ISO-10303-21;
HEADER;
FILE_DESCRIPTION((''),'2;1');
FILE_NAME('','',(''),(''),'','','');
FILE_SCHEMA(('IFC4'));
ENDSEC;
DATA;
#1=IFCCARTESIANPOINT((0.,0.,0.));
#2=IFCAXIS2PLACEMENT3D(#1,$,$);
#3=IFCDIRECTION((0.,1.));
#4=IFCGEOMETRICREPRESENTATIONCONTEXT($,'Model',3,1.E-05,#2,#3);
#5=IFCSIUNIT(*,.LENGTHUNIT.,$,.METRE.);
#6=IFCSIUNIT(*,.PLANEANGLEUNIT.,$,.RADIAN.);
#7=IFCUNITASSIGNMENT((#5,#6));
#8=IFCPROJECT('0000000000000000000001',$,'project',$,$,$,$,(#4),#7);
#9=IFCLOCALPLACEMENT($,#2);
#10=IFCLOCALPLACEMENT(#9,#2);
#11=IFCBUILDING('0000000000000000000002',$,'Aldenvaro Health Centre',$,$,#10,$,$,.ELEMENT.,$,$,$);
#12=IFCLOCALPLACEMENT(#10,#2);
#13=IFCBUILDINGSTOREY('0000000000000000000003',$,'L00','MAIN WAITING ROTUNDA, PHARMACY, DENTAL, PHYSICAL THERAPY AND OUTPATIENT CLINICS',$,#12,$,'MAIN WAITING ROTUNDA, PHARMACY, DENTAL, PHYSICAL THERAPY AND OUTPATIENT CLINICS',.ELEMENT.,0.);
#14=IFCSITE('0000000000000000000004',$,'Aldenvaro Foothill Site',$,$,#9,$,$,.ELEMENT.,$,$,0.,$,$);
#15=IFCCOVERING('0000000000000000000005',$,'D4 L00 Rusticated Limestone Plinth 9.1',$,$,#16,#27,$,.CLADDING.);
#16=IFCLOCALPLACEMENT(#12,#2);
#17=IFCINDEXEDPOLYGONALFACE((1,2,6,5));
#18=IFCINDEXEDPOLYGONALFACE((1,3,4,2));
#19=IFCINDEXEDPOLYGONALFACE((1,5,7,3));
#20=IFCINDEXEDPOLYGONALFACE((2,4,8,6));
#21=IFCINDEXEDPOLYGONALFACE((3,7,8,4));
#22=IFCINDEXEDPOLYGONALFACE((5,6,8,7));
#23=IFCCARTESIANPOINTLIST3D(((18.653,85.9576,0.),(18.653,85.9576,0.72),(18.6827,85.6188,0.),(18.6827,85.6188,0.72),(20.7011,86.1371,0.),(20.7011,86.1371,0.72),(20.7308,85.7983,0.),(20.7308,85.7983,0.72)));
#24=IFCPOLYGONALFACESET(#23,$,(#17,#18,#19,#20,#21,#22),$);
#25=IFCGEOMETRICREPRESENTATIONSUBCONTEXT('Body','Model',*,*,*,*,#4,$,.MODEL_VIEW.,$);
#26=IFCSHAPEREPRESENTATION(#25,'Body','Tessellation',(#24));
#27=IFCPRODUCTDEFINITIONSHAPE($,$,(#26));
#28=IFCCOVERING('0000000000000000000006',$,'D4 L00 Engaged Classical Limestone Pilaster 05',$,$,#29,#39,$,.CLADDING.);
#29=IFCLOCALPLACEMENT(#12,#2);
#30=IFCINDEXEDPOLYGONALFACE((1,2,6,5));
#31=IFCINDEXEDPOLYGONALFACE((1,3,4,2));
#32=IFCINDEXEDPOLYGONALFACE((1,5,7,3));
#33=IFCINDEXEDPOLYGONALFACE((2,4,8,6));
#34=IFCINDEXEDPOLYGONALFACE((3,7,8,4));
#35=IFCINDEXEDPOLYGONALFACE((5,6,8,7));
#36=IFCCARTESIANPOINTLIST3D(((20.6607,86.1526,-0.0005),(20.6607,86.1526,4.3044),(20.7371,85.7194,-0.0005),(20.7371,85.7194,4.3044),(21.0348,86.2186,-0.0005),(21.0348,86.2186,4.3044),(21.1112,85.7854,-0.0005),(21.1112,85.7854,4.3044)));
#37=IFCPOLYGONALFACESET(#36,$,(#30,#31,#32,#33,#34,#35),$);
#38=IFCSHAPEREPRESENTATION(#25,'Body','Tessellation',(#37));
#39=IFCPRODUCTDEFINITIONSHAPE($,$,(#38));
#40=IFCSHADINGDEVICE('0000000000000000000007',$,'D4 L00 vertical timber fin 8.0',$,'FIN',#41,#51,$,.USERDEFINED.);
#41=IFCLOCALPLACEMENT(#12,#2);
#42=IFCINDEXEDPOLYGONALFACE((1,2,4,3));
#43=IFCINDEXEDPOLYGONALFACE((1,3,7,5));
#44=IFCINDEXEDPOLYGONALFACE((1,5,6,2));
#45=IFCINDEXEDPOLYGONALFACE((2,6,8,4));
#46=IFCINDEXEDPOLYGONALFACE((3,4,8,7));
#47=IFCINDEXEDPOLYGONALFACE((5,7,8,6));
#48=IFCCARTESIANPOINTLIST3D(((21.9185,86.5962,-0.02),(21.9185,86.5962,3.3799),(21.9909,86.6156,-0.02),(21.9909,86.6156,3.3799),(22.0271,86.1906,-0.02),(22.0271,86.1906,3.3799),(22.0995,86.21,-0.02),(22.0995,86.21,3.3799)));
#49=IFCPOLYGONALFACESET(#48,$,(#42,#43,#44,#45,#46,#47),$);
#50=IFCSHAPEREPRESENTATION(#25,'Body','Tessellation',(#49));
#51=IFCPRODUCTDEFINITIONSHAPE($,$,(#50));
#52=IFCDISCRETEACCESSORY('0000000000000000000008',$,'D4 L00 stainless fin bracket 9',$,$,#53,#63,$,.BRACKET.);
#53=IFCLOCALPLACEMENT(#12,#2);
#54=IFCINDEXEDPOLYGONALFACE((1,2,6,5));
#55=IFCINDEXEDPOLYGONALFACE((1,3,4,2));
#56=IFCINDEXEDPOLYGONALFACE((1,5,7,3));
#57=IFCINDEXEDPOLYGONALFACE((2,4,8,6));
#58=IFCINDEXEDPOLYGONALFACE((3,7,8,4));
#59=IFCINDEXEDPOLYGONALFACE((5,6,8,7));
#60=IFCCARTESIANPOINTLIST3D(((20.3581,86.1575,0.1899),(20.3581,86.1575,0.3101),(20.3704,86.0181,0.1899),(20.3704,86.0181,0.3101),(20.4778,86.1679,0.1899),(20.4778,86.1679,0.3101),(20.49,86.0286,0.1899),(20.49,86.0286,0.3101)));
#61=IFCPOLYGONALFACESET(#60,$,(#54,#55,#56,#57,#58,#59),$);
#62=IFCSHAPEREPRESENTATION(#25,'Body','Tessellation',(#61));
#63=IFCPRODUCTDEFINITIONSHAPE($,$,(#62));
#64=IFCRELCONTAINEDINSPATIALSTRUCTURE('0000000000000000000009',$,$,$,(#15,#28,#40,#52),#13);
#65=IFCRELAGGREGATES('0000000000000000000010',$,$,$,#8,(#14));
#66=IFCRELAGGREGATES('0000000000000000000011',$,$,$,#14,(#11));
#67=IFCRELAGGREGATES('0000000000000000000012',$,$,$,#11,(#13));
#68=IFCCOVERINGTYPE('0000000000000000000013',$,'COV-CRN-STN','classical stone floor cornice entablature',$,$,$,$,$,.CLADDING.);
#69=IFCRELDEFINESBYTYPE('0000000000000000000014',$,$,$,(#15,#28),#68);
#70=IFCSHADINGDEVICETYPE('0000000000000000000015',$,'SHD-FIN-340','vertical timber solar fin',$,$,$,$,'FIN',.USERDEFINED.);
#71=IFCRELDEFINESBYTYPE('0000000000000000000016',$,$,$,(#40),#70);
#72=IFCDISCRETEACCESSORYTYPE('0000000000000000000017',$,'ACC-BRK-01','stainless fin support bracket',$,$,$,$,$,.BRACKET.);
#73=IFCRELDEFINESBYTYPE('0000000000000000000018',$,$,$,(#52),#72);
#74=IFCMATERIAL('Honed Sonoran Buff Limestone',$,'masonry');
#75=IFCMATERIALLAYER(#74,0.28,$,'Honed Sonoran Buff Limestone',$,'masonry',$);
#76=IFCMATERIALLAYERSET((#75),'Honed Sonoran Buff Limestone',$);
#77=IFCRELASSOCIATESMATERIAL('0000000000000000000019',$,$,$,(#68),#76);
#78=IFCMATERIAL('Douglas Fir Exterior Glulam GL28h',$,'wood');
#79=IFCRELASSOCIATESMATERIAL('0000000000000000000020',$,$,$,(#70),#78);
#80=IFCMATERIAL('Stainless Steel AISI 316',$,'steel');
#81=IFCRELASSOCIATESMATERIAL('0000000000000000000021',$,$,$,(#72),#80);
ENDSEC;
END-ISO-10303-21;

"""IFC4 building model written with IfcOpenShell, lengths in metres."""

from ifc_helpers import new_model, si_unit, direction, frame, origin, origin_2d, place, context, subcontext, project, spatial, rectangle, extrude, material, layer, layer_set, type_object, element, save


model = new_model("IFC4")

# Units and contexts
model_context = context("Model", 3, precision=1e-05, world=origin(), true_north=direction((0.0, 1.0)))
body_context = subcontext(model_context, "Body", "Model", "MODEL_VIEW")
ifc_project = project(units=[si_unit("LENGTHUNIT", "METRE"), si_unit("PLANEANGLEUNIT", "RADIAN")], contexts=[model_context])

# Site, building, storey
site_placement = place(None, origin())
site = spatial("IfcSite", under=ifc_project, at=site_placement, Name="Aldenvaro Foothill Site", CompositionType="ELEMENT", RefElevation=0.0)
building_placement = place(site_placement, origin())
building = spatial("IfcBuilding", under=site, at=building_placement, Name="Aldenvaro Health Centre", CompositionType="ELEMENT")
storey_placement = place(building_placement, origin())
storey = spatial("IfcBuildingStorey", under=building, at=storey_placement, Name="L00", Description="MAIN WAITING ROTUNDA, PHARMACY, DENTAL, PHYSICAL THERAPY AND OUTPATIENT CLINICS", LongName="MAIN WAITING ROTUNDA, PHARMACY, DENTAL, PHYSICAL THERAPY AND OUTPATIENT CLINICS", CompositionType="ELEMENT", Elevation=0.0)

# Coverings
ifc_material_1 = material(Name="Honed Sonoran Buff Limestone", Category="masonry")
ifc_layer_1 = layer(ifc_material_1, 0.28, Name="Honed Sonoran Buff Limestone", Category="masonry")
ifc_layer_set_1 = layer_set([ifc_layer_1], Name="Honed Sonoran Buff Limestone")
covering_type = type_object("IfcCoveringType", Name="COV-CRN-STN", Description="classical stone floor cornice entablature", PredefinedType="CLADDING", material=ifc_layer_set_1)
covering_1_placement = place(storey_placement, frame((19.6919, 85.8779, 0.0), z_axis=(0.0, 0.0, 1.0), x_axis=(-0.996179, -0.087332, 0.0)))
element("IfcCovering", 1, at=covering_1_placement, inside=storey, type_object=covering_type, Name="D4 L00 Rusticated Limestone Plinth 9.1", PredefinedType="CLADDING", context=body_context, shape_type="SweptSolid", body=[
    extrude(rectangle(XDim=2.0559, YDim=0.3401, at=origin_2d()), origin(), (0.0, 0.0, 1.0), 0.72),
])
covering_2_placement = place(storey_placement, frame((20.886, 85.969, -0.0005), z_axis=(0.0, 0.0, 1.0), x_axis=(0.173662, -0.984805, 0.0)))
element("IfcCovering", 2, at=covering_2_placement, inside=storey, type_object=covering_type, Name="D4 L00 Engaged Classical Limestone Pilaster 05", PredefinedType="CLADDING", context=body_context, shape_type="SweptSolid", body=[
    extrude(rectangle(XDim=0.4399, YDim=0.3799, at=origin_2d()), origin(), (0.0, 0.0, 1.0), 4.3049),
])

# Shading device
ifc_material_2 = material(Name="Douglas Fir Exterior Glulam GL28h", Category="wood")
shading_device_type = type_object("IfcShadingDeviceType", Name="SHD-FIN-340", Description="vertical timber solar fin", ElementType="FIN", PredefinedType="USERDEFINED", material=ifc_material_2)
shading_device_placement = place(storey_placement, frame((22.009, 86.4031, -0.02), z_axis=(0.0, 0.0, 1.0), x_axis=(-0.965979, -0.258622, 0.0)))
element("IfcShadingDevice", 3, at=shading_device_placement, inside=storey, type_object=shading_device_type, Name="D4 L00 vertical timber fin 8.0", ObjectType="FIN", PredefinedType="USERDEFINED", context=body_context, shape_type="SweptSolid", body=[
    extrude(rectangle(XDim=0.075, YDim=0.4199, at=origin_2d()), origin(), (0.0, 0.0, 1.0), 3.3999),
])

# Discrete accessory
ifc_material_3 = material(Name="Stainless Steel AISI 316", Category="steel")
discrete_accessory_type = type_object("IfcDiscreteAccessoryType", Name="ACC-BRK-01", Description="stainless fin support bracket", PredefinedType="BRACKET", material=ifc_material_3)
discrete_accessory_placement = place(storey_placement, frame((20.4241, 86.093, 0.1899), z_axis=(0.0, 0.0, 1.0), x_axis=(-0.996179, -0.087332, 0.0)))
element("IfcDiscreteAccessory", 4, at=discrete_accessory_placement, inside=storey, type_object=discrete_accessory_type, Name="D4 L00 stainless fin bracket 9", PredefinedType="BRACKET", context=body_context, shape_type="SweptSolid", body=[
    extrude(rectangle(XDim=0.1201, YDim=0.1399, at=origin_2d()), origin(), (0.0, 0.0, 1.0), 0.1201),
])

save(model, "model.ifc")
